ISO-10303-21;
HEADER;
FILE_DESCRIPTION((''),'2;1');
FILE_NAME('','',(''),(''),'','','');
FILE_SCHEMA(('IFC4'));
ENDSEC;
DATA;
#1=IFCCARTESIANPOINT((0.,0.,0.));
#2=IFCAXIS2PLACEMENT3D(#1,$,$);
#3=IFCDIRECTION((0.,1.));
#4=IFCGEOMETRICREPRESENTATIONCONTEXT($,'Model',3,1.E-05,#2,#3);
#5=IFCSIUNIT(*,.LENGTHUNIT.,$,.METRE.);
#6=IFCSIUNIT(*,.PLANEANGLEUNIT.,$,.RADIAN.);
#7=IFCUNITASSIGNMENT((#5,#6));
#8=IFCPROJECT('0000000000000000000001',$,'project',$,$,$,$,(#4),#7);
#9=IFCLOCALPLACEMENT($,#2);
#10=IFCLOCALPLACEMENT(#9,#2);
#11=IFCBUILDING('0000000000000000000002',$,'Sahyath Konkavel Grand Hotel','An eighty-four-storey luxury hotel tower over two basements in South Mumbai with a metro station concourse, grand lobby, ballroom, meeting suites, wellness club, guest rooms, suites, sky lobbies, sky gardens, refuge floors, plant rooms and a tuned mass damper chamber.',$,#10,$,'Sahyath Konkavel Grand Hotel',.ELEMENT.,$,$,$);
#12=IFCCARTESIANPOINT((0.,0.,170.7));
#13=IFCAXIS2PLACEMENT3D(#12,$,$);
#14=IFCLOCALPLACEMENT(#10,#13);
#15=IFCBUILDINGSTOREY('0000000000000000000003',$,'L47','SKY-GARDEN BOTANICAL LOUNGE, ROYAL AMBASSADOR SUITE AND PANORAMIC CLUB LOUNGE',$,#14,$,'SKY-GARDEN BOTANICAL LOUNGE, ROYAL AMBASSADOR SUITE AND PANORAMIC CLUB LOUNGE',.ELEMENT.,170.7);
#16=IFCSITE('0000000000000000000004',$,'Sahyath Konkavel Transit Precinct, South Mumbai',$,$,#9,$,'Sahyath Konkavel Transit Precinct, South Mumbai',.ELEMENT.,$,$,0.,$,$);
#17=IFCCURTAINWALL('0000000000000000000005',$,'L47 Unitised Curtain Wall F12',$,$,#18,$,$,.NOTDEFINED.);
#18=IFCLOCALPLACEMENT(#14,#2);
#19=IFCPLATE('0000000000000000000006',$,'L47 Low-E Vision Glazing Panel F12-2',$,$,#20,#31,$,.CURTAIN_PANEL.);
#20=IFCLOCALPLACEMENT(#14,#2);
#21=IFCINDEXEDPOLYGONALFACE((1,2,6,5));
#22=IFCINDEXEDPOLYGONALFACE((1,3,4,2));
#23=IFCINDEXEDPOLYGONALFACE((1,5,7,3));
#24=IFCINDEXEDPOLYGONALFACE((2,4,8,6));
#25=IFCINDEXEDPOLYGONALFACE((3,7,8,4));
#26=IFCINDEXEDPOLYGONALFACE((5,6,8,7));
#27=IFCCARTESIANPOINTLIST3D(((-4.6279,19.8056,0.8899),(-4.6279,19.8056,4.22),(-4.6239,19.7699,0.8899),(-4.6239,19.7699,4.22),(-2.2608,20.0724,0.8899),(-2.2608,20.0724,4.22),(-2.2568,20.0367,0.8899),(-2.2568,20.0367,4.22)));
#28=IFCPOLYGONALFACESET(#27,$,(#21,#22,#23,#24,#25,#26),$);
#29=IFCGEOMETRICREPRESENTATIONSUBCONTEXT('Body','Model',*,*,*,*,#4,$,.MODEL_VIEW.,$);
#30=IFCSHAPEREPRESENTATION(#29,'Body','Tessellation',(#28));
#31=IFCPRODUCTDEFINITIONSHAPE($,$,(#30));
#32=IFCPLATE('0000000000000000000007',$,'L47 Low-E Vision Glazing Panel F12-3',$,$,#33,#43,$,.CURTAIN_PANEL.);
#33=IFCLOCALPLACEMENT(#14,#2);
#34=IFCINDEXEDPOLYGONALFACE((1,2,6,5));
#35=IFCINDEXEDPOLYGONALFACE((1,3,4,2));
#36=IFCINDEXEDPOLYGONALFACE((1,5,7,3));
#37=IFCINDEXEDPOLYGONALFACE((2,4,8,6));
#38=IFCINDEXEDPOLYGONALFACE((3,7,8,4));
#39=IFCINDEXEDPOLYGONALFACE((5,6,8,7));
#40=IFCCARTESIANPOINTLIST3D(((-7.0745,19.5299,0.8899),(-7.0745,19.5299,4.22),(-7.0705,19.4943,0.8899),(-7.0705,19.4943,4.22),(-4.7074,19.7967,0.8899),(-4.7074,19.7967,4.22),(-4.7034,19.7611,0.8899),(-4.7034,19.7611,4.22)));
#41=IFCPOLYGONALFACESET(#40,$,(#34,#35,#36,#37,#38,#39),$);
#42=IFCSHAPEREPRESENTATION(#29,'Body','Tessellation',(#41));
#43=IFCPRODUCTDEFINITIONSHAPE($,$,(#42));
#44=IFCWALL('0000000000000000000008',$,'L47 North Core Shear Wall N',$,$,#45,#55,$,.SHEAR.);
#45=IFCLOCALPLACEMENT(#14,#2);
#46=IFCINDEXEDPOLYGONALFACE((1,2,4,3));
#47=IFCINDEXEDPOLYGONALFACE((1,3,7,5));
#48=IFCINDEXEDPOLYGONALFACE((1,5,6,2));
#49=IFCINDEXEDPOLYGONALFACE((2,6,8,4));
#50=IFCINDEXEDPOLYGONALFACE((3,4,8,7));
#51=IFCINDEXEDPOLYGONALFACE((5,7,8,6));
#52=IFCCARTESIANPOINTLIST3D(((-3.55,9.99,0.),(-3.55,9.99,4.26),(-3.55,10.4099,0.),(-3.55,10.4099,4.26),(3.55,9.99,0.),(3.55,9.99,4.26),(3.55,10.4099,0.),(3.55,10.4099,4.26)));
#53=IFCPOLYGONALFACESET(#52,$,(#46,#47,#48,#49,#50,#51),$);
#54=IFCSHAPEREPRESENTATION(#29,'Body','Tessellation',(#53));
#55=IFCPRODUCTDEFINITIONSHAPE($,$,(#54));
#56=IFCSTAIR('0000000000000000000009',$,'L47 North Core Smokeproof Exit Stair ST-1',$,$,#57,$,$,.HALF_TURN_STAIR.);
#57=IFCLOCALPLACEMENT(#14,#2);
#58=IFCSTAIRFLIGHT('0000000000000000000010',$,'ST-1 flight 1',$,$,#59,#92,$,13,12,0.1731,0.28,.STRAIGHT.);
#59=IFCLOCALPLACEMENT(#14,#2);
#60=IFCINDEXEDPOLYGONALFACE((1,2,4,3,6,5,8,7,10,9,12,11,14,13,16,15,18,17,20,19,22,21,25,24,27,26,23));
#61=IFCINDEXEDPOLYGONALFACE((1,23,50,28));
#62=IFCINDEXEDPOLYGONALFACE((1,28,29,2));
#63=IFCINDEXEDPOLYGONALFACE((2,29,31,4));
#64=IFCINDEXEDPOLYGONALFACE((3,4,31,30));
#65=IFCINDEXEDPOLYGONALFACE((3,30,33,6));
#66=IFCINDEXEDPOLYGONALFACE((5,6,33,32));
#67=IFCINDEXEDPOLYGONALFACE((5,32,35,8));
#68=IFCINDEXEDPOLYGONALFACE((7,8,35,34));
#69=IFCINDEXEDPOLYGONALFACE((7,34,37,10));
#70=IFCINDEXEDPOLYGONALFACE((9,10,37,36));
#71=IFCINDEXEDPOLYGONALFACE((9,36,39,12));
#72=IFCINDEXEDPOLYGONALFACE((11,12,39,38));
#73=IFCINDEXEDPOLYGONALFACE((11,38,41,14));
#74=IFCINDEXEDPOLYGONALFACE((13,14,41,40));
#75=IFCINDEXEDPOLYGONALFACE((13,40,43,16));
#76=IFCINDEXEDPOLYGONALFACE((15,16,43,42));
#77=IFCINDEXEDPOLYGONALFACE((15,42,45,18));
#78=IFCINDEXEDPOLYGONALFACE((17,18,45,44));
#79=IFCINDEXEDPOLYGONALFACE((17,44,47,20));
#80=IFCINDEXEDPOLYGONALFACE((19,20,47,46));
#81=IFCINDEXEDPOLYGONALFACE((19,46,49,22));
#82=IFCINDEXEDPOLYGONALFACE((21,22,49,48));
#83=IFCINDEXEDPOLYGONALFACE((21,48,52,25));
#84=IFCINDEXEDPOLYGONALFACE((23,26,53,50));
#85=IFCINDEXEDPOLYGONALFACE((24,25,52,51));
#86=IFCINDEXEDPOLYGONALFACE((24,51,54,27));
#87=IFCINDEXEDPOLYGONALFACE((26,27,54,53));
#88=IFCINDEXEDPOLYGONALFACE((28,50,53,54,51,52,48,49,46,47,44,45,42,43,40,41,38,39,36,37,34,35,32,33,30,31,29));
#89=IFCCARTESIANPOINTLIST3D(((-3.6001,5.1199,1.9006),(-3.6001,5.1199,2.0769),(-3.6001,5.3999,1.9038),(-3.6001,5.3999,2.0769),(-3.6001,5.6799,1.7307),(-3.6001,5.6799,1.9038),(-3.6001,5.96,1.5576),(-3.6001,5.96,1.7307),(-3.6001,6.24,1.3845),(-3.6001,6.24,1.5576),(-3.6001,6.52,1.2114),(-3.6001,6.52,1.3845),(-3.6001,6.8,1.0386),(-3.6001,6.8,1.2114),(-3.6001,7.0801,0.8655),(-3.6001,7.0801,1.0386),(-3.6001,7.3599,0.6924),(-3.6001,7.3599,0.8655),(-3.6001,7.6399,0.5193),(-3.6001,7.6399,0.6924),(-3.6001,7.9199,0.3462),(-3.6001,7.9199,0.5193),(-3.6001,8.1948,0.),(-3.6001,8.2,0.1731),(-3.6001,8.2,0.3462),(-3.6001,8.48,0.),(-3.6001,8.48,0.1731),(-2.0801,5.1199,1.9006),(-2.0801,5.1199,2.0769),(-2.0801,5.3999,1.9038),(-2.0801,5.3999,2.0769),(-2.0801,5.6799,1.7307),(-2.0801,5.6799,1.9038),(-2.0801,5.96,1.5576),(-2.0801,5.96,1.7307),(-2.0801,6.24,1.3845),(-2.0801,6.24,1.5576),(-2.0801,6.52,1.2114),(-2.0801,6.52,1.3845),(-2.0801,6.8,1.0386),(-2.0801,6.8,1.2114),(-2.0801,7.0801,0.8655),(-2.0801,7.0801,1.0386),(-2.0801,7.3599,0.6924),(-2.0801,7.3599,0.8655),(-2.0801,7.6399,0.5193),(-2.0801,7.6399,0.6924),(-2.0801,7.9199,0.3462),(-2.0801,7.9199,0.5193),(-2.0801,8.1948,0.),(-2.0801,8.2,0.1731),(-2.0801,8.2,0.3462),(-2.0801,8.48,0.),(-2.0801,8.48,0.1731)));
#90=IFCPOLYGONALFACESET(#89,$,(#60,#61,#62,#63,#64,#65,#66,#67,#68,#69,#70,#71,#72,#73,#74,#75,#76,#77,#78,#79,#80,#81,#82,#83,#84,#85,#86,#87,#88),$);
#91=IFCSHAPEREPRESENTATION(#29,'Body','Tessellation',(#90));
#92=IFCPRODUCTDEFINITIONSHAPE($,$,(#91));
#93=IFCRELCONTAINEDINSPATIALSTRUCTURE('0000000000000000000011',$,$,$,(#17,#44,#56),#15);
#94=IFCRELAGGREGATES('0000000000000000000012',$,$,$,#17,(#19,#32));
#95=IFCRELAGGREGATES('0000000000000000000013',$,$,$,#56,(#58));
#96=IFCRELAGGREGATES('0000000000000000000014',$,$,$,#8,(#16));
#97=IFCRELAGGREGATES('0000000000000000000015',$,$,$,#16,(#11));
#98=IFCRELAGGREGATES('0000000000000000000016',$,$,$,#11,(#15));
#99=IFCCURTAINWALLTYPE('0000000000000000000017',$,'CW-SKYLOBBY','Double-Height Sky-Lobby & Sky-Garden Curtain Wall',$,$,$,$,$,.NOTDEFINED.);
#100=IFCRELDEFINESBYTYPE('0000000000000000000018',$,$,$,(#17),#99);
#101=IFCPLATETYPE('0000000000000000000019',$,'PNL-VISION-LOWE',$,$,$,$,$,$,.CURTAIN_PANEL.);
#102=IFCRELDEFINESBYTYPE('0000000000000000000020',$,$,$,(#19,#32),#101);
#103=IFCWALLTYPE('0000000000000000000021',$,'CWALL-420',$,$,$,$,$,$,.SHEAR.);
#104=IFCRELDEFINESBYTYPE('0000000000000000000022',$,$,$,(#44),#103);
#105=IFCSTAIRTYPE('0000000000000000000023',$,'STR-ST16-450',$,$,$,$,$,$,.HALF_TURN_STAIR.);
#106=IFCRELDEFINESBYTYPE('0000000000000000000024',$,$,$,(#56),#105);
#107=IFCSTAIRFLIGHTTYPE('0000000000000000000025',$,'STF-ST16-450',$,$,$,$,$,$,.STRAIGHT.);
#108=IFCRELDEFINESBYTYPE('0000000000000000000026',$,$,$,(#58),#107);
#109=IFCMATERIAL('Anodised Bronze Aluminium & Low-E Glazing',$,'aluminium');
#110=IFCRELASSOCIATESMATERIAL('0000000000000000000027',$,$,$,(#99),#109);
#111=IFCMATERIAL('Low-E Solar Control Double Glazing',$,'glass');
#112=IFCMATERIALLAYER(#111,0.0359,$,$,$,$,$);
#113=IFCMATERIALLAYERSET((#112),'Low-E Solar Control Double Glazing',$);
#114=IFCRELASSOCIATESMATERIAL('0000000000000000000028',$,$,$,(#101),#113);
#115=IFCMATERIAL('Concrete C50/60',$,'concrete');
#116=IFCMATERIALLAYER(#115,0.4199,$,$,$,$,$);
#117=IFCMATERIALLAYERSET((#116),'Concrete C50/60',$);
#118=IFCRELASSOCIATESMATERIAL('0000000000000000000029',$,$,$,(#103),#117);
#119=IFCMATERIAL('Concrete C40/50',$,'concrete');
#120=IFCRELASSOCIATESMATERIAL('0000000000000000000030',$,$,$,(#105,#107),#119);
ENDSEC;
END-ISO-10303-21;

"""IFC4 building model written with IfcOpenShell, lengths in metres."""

from ifc_helpers import new_model, si_unit, direction, frame, frame_2d, origin, origin_2d, place, context, subcontext, project, spatial, polyline, rectangle, outline, extrude, source, transform, mapped, material, layer, layer_set, type_object, element, aggregate, save


model = new_model("IFC4")

# Units and contexts
model_context = context("Model", 3, precision=1e-05, world=origin(), true_north=direction((0.0, 1.0)))
body_context = subcontext(model_context, "Body", "Model", "MODEL_VIEW")
ifc_project = project(units=[si_unit("LENGTHUNIT", "METRE"), si_unit("PLANEANGLEUNIT", "RADIAN")], contexts=[model_context])

# Site, building, storey
site_placement = place(None, origin())
site = spatial("IfcSite", under=ifc_project, at=site_placement, Name="Sahyath Konkavel Transit Precinct, South Mumbai", LongName="Sahyath Konkavel Transit Precinct, South Mumbai", CompositionType="ELEMENT", RefElevation=0.0)
building_placement = place(site_placement, origin())
building = spatial("IfcBuilding", under=site, at=building_placement, Name="Sahyath Konkavel Grand Hotel", Description="An eighty-four-storey luxury hotel tower over two basements in South Mumbai with a metro station concourse, grand lobby, ballroom, meeting suites, wellness club, guest rooms, suites, sky lobbies, sky gardens, refuge floors, plant rooms and a tuned mass damper chamber.", LongName="Sahyath Konkavel Grand Hotel", CompositionType="ELEMENT")
storey_placement = place(building_placement, frame((0.0, 0.0, 170.7)))
storey = spatial("IfcBuildingStorey", under=building, at=storey_placement, Name="L47", Description="SKY-GARDEN BOTANICAL LOUNGE, ROYAL AMBASSADOR SUITE AND PANORAMIC CLUB LOUNGE", LongName="SKY-GARDEN BOTANICAL LOUNGE, ROYAL AMBASSADOR SUITE AND PANORAMIC CLUB LOUNGE", CompositionType="ELEMENT", Elevation=170.7)

# Shared definitions
ifc_material_1 = material(Name="Concrete C50/60", Category="concrete")
ifc_material_2 = material(Name="Concrete C40/50", Category="concrete")

# Curtain wall
ifc_material_3 = material(Name="Anodised Bronze Aluminium & Low-E Glazing", Category="aluminium")
curtain_wall_type = type_object("IfcCurtainWallType", Name="CW-SKYLOBBY", Description="Double-Height Sky-Lobby & Sky-Garden Curtain Wall", PredefinedType="NOTDEFINED", material=ifc_material_3)
curtain_wall_1_placement = place(storey_placement, origin())
curtain_wall_1 = element("IfcCurtainWall", 1, at=curtain_wall_1_placement, inside=storey, type_object=curtain_wall_type, Name="L47 Unitised Curtain Wall F12", PredefinedType="NOTDEFINED")

# Plates
ifc_material_4 = material(Name="Low-E Solar Control Double Glazing", Category="glass")
ifc_layer_1 = layer(ifc_material_4, 0.0359)
ifc_layer_set_1 = layer_set([ifc_layer_1], Name="Low-E Solar Control Double Glazing")
plate_type_1 = type_object("IfcPlateType", Name="PNL-VISION-LOWE", PredefinedType="CURTAIN_PANEL", material=ifc_layer_set_1)
shared_shape_1 = source(origin(), body_context, "Body", "SweptSolid", [
    extrude(rectangle(XDim=2.3821, YDim=0.0359, at=origin_2d()), origin(), (0.0, 0.0, 1.0), 3.3301),
])
plate_1_placement = place(storey_placement, frame((-3.4424, 19.9211, 0.8899), z_axis=(0.0, 0.0, 1.0), x_axis=(-0.993707, -0.112007, 0.0)))
plate_1 = element("IfcPlate", 2, at=plate_1_placement, type_object=plate_type_1, Name="L47 Low-E Vision Glazing Panel F12-2", PredefinedType="CURTAIN_PANEL", context=body_context, shape_type="MappedRepresentation", body=[
    mapped(shared_shape_1, transform((0.0, 0.0, 0.0), scale=1.0)),
])
plate_2_placement = place(storey_placement, frame((-5.8889, 19.6455, 0.8899), z_axis=(0.0, 0.0, 1.0), x_axis=(-0.993707, -0.112007, 0.0)))
plate_2 = element("IfcPlate", 3, at=plate_2_placement, type_object=plate_type_1, Name="L47 Low-E Vision Glazing Panel F12-3", PredefinedType="CURTAIN_PANEL", context=body_context, shape_type="MappedRepresentation", body=[
    mapped(shared_shape_1, transform((0.0, 0.0, 0.0), scale=1.0)),
])
aggregate(curtain_wall_1, [plate_1, plate_2])

# Wall
ifc_layer_2 = layer(ifc_material_1, 0.4199)
ifc_layer_set_2 = layer_set([ifc_layer_2], Name="Concrete C50/60")
wall_type = type_object("IfcWallType", Name="CWALL-420", PredefinedType="SHEAR", material=ifc_layer_set_2)
wall_placement = place(storey_placement, frame((-3.55, 10.2, 0.0), z_axis=(0.0, 0.0, 1.0), x_axis=(1.0, 0.0, 0.0)))
element("IfcWall", 4, at=wall_placement, inside=storey, type_object=wall_type, Name="L47 North Core Shear Wall N", PredefinedType="SHEAR", context=body_context, shape_type="SweptSolid", body=[
    extrude(rectangle(XDim=7.1001, YDim=0.4199, at=frame_2d((3.55, 0.0))), origin(), (0.0, 0.0, 1.0), 4.26),
])

# Stair, stair flight
stair_type = type_object("IfcStairType", Name="STR-ST16-450", PredefinedType="HALF_TURN_STAIR", material=ifc_material_2)
stair_placement = place(storey_placement, origin())
stair = element("IfcStair", 5, at=stair_placement, inside=storey, type_object=stair_type, Name="L47 North Core Smokeproof Exit Stair ST-1", PredefinedType="HALF_TURN_STAIR")
stair_flight_type = type_object("IfcStairFlightType", Name="STF-ST16-450", PredefinedType="STRAIGHT", material=ifc_material_2)
stair_flight_placement = place(storey_placement, frame((-2.8401, 8.48, 0.0), z_axis=(0.0, 0.0, 1.0), x_axis=(0.0, -1.0, 0.0)))
stair_flight = element("IfcStairFlight", 6, at=stair_flight_placement, type_object=stair_flight_type, Name="ST-1 flight 1", NumberOfRisers=13, NumberOfTreads=12, PredefinedType="STRAIGHT", RiserHeight=0.1731, TreadLength=0.28, context=body_context, shape_type="SweptSolid", body=[
    extrude(outline(polyline([(0.0, 0.0), (0.0, 0.1731), (0.28, 0.1731), (0.28, 0.3462), (0.5601, 0.3462), (0.5601, 0.5193), (0.8401, 0.5193), (0.8401, 0.6924), (1.1201, 0.6924), (1.1201, 0.8655), (1.3999, 0.8655), (1.3999, 1.0386), (1.6799, 1.0386), (1.6799, 1.2114), (1.96, 1.2114), (1.96, 1.3845), (2.24, 1.3845), (2.24, 1.5576), (2.52, 1.5576), (2.52, 1.7307), (2.8, 1.7307), (2.8, 1.9038), (3.0801, 1.9038), (3.0801, 2.0769), (3.3601, 2.0769), (3.3601, 2.25), (3.3601, 1.9006), (0.2852, 0.0), (0.0, 0.0)])), frame((0.0, 0.76, 0.0), z_axis=(0.0, -1.0, 0.0), x_axis=(1.0, 0.0, 0.0)), (0.0, 0.0, 1.0), 1.52),
])
aggregate(stair, [stair_flight])

save(model, "model.ifc")
